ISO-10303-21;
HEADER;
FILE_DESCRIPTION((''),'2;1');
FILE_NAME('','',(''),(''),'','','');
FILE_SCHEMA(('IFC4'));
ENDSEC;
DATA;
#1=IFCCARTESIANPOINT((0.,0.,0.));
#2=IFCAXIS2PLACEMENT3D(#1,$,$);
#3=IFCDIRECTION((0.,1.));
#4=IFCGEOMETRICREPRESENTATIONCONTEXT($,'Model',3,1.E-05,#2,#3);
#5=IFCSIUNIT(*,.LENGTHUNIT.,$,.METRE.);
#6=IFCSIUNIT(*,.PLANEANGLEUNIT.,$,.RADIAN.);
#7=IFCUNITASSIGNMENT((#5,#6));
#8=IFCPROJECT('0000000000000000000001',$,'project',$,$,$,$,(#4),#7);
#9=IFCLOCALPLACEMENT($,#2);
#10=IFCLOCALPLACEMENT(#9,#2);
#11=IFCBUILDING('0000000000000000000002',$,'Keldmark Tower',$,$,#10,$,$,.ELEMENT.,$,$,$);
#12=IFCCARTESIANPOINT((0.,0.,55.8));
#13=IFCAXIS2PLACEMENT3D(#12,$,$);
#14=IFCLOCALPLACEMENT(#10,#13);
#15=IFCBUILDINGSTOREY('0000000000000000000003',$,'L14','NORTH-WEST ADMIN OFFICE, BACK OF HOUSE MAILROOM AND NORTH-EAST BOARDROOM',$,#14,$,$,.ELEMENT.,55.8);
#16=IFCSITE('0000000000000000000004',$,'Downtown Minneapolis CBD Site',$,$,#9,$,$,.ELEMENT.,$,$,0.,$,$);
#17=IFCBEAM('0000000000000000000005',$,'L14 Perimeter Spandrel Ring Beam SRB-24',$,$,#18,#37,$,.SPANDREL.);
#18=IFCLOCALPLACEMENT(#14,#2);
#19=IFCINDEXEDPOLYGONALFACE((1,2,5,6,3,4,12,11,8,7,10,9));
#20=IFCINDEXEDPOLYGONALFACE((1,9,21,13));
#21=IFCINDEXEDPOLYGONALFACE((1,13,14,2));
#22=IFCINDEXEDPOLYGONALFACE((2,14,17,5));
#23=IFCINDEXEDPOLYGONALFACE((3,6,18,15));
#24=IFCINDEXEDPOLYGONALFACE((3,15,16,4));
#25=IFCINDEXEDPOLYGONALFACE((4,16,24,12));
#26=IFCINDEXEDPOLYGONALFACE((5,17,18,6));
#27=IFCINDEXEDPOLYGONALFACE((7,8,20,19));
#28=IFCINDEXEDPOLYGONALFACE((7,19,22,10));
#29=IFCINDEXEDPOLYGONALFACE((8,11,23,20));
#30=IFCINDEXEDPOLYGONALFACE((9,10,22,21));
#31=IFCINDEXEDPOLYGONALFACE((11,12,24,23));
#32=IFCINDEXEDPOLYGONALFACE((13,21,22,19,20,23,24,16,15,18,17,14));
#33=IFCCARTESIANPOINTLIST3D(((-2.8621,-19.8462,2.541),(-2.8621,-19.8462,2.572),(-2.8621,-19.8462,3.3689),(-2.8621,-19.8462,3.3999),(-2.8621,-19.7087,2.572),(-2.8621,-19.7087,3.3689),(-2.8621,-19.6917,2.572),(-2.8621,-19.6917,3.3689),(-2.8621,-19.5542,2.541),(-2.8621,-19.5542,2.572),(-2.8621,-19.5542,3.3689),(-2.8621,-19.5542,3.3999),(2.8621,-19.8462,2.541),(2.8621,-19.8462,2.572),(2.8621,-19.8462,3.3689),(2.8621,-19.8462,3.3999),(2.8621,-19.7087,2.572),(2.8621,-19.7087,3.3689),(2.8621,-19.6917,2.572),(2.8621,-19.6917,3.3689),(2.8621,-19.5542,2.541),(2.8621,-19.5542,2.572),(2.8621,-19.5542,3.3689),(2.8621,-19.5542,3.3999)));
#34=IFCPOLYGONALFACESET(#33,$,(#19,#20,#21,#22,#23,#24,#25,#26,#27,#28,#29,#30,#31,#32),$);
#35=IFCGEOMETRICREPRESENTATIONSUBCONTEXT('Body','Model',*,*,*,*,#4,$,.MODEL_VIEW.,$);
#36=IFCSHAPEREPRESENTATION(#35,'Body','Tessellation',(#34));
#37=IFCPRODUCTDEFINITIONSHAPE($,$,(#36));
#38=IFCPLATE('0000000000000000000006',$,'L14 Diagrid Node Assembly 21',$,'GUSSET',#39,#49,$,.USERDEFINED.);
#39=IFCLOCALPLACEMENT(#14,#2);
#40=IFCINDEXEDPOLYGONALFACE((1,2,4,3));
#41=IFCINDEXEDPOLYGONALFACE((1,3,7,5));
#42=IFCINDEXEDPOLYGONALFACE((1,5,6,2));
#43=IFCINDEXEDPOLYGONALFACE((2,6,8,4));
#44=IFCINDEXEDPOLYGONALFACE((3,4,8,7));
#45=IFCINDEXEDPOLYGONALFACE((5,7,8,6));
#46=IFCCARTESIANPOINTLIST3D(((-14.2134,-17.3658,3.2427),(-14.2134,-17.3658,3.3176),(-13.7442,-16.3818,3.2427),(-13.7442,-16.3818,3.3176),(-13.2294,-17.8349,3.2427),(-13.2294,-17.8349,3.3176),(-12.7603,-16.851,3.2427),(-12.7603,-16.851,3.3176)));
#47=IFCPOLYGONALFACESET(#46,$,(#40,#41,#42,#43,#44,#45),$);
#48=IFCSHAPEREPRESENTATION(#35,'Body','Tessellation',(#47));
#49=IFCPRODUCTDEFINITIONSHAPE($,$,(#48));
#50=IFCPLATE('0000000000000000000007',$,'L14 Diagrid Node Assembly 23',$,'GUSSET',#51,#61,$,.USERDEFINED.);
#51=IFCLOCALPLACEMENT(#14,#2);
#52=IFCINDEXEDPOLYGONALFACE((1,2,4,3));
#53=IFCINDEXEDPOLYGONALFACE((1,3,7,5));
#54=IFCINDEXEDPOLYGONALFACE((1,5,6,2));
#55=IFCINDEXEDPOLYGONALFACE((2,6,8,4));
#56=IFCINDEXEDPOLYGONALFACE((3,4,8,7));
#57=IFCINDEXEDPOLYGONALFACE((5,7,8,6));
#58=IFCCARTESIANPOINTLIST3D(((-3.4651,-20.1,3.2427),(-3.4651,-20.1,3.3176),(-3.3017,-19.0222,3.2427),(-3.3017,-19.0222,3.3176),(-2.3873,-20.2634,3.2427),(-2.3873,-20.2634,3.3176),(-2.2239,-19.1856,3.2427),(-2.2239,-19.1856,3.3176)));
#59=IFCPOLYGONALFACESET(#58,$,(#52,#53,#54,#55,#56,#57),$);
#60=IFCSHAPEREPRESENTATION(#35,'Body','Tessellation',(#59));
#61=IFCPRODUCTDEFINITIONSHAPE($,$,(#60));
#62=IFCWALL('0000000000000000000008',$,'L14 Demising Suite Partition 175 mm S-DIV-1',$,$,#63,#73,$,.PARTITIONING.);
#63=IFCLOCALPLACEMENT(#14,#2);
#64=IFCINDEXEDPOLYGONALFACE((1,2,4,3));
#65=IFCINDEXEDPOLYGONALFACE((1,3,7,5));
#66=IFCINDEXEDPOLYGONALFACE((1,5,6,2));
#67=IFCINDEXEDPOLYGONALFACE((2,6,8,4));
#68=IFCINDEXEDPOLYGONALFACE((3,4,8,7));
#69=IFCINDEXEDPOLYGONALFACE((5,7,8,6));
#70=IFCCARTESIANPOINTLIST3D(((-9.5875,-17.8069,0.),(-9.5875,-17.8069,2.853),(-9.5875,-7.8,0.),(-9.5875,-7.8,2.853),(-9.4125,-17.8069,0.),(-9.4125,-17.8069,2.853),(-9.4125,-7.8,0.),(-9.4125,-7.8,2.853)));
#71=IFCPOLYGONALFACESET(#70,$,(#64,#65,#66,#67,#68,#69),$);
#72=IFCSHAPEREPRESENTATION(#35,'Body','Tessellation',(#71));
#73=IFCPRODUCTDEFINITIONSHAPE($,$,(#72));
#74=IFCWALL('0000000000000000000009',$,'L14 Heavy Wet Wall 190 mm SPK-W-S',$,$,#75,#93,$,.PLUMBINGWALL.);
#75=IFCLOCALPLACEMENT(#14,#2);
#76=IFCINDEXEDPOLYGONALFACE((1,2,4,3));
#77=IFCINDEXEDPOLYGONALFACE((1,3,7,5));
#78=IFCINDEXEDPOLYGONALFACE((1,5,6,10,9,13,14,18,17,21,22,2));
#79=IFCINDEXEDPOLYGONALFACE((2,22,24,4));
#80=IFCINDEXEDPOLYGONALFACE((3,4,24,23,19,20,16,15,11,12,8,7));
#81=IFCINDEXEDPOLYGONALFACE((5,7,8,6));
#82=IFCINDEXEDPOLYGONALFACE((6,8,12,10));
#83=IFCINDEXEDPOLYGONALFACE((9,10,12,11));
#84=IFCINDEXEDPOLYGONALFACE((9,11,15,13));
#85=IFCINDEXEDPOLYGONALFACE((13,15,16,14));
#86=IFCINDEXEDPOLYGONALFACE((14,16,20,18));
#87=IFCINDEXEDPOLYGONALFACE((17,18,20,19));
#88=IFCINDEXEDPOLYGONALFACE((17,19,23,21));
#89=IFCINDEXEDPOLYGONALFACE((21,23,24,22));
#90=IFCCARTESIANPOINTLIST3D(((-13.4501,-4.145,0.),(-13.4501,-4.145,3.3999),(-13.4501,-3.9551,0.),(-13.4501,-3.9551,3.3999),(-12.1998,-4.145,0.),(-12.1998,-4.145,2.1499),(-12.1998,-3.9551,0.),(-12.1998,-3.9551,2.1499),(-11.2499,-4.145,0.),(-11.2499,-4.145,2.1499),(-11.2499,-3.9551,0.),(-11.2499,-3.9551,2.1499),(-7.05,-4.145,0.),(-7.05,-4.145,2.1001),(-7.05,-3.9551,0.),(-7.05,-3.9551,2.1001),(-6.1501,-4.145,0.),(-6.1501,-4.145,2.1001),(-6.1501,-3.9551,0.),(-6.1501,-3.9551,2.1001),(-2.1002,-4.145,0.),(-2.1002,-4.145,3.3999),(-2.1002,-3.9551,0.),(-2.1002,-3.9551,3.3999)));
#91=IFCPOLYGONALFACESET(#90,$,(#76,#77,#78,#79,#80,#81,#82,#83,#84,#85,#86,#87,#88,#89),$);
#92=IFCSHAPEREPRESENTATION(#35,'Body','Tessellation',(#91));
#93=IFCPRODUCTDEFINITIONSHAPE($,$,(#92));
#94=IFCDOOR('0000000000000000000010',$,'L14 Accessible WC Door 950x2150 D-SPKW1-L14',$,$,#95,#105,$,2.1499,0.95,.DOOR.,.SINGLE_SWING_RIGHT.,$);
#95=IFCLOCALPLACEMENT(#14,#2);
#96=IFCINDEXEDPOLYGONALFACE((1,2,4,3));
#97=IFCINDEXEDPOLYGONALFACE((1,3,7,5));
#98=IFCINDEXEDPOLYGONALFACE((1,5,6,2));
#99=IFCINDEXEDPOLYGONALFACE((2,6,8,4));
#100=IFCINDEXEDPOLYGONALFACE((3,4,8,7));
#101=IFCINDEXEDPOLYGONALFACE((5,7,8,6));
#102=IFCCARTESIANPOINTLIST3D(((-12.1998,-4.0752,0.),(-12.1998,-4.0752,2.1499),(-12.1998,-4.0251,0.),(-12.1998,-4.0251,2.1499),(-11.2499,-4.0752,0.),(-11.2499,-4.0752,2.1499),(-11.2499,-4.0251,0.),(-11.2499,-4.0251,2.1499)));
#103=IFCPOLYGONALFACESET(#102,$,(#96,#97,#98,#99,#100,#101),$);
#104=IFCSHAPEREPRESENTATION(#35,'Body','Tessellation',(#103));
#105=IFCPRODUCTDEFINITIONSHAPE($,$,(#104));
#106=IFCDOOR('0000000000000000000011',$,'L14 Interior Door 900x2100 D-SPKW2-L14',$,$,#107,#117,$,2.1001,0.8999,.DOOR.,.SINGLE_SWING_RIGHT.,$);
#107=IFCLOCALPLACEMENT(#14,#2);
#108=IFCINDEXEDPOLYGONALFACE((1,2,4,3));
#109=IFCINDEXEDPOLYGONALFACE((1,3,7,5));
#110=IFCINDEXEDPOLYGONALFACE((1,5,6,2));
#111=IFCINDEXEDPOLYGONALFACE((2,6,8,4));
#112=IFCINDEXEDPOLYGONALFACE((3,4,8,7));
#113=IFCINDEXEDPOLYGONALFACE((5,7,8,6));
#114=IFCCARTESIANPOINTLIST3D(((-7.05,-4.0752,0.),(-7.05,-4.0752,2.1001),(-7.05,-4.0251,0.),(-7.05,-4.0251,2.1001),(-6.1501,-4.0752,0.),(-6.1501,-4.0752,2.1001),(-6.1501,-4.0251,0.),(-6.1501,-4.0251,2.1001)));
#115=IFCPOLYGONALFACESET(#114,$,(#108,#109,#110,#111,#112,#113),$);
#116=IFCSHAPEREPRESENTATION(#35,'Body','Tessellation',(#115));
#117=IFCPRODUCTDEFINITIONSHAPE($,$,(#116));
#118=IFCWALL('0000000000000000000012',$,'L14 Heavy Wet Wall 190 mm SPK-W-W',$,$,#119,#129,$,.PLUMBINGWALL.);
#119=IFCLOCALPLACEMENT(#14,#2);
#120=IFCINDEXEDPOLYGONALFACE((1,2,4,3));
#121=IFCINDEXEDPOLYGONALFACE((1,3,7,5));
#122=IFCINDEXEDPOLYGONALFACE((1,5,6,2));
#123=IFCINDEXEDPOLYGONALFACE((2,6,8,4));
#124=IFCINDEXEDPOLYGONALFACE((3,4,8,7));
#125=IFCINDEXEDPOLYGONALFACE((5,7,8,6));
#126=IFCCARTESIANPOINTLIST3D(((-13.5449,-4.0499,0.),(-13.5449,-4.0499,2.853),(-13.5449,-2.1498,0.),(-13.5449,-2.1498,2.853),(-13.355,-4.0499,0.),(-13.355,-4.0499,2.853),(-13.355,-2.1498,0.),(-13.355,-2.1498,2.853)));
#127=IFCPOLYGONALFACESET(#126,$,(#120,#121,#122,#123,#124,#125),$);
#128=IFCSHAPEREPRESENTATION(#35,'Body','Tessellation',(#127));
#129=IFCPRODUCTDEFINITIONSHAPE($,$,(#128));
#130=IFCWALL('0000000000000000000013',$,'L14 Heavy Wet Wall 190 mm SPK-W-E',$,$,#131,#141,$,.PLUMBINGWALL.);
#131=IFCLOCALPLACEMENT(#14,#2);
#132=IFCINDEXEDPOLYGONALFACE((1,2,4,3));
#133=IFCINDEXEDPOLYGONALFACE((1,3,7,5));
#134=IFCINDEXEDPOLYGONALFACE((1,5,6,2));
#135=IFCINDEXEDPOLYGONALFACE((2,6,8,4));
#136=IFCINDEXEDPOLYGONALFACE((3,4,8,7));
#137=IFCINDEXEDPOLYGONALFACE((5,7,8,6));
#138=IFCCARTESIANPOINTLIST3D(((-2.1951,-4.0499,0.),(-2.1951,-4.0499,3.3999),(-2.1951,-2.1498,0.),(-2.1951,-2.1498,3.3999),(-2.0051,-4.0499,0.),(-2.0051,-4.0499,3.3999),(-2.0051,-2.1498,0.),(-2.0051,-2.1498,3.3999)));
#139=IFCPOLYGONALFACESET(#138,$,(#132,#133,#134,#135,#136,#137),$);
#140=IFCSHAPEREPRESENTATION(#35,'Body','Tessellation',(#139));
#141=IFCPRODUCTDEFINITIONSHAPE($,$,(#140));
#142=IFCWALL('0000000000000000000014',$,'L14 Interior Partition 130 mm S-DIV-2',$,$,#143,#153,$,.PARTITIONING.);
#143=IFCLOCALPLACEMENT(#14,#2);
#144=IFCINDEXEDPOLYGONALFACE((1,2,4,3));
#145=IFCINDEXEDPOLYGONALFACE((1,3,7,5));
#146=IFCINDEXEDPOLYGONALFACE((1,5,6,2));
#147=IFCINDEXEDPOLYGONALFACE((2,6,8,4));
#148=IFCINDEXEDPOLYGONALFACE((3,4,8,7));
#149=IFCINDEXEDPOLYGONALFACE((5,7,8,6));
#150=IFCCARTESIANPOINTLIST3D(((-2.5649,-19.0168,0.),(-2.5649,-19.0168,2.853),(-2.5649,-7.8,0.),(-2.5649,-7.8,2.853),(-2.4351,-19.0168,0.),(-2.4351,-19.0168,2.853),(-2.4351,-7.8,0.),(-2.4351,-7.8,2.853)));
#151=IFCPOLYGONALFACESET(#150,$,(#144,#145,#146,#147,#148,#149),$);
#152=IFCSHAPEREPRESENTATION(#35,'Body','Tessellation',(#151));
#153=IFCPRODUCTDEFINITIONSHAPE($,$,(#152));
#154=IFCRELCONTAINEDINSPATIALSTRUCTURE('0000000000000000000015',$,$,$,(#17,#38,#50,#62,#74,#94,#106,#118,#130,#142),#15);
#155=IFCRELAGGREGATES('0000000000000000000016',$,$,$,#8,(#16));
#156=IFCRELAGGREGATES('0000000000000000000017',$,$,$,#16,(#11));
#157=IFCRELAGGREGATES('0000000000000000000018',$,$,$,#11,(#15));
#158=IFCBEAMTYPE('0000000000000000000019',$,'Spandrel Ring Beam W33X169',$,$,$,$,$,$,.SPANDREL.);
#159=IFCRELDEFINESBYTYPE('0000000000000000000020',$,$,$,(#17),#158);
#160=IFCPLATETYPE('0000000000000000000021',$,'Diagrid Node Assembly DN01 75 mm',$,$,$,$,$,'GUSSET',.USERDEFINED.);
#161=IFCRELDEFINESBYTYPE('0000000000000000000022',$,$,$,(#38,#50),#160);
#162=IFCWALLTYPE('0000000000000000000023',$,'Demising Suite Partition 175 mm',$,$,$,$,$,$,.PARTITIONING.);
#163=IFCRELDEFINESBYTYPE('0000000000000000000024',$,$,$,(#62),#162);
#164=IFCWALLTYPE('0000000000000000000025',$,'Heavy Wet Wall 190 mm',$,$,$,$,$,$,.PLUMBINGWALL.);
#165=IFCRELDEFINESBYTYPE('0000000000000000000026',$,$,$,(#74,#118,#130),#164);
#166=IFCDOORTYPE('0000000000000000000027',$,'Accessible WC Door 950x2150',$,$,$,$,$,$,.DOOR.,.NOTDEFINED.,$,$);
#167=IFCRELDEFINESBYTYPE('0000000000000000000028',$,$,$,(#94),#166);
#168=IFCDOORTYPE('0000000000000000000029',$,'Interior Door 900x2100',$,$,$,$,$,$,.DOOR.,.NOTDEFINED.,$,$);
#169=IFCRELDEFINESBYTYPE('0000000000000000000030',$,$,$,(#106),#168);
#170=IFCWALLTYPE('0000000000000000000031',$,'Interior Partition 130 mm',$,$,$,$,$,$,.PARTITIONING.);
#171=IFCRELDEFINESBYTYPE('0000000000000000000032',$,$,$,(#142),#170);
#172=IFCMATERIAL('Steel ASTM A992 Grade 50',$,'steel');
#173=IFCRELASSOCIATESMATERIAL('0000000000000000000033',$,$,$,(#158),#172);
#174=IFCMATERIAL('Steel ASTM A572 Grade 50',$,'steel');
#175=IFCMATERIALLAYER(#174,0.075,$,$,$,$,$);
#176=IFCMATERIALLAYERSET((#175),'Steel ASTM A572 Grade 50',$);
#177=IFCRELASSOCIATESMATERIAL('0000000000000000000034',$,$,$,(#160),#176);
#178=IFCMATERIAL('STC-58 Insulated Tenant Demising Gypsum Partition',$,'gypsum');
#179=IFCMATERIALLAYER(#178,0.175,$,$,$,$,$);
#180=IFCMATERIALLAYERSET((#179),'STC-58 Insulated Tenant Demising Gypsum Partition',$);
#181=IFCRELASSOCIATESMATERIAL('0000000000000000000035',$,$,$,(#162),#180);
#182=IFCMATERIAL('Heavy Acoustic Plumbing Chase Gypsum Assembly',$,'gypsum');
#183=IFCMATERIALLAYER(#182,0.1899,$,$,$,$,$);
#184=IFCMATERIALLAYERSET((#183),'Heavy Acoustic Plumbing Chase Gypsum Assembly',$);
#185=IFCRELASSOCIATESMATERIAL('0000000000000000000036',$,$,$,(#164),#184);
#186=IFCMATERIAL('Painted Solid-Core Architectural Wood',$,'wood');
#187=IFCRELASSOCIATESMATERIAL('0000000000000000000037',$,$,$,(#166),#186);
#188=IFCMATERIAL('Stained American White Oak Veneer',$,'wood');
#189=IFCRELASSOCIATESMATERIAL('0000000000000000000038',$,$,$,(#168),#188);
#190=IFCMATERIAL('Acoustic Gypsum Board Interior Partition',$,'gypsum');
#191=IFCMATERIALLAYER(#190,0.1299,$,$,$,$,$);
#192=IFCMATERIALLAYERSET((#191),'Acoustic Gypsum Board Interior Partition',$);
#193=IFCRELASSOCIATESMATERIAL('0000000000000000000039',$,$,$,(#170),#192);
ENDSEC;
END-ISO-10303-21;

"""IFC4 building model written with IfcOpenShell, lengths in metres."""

from ifc_helpers import new_model, si_unit, direction, frame, frame_2d, origin, origin_2d, place, context, subcontext, project, spatial, rectangle, i_section, extrude, material, layer, layer_set, material_profile, profile_set, type_object, element, fill, save


model = new_model("IFC4")

# Units and contexts
model_context = context("Model", 3, precision=1e-05, world=origin(), true_north=direction((0.0, 1.0)))
body_context = subcontext(model_context, "Body", "Model", "MODEL_VIEW")
ifc_project = project(units=[si_unit("LENGTHUNIT", "METRE"), si_unit("PLANEANGLEUNIT", "RADIAN")], contexts=[model_context])

# Site, building, storey
site_placement = place(None, origin())
site = spatial("IfcSite", under=ifc_project, at=site_placement, Name="Downtown Minneapolis CBD Site", CompositionType="ELEMENT", RefElevation=0.0)
building_placement = place(site_placement, origin())
building = spatial("IfcBuilding", under=site, at=building_placement, Name="Keldmark Tower", CompositionType="ELEMENT")
storey_placement = place(building_placement, frame((0.0, 0.0, 55.8)))
storey = spatial("IfcBuildingStorey", under=building, at=storey_placement, Name="L14", Description="NORTH-WEST ADMIN OFFICE, BACK OF HOUSE MAILROOM AND NORTH-EAST BOARDROOM", CompositionType="ELEMENT", Elevation=55.8)

# Beam
ifc_material_1 = material(Name="Steel ASTM A992 Grade 50", Category="steel")
ifc_material_profile_1 = material_profile(ifc_material_1, i_section(OverallWidth=0.292, OverallDepth=0.8589, WebThickness=0.0171, FlangeThickness=0.031, at=origin_2d()), Name="W33X169")
ifc_profile_set_1 = profile_set([ifc_material_profile_1], Name="Steel ASTM A992 Grade 50")
beam_type_1 = type_object("IfcBeamType", Name="Spandrel Ring Beam W33X169", PredefinedType="SPANDREL", material=ifc_profile_set_1)
beam_1_placement = place(storey_placement, frame((-2.8621, -19.7002, 2.9705), z_axis=(1.0, 0.0, 0.0), x_axis=(0.0, 1.0, 0.0)))
element("IfcBeam", 1, at=beam_1_placement, inside=storey, type_object=beam_type_1, Name="L14 Perimeter Spandrel Ring Beam SRB-24", PredefinedType="SPANDREL", context=body_context, shape_type="SweptSolid", body=[
    extrude(i_section(OverallWidth=0.292, OverallDepth=0.8589, WebThickness=0.0171, FlangeThickness=0.031, at=origin_2d()), origin(), (0.0, 0.0, 1.0), 5.7241),
])

# Plates
ifc_material_2 = material(Name="Steel ASTM A572 Grade 50", Category="steel")
ifc_layer_1 = layer(ifc_material_2, 0.075)
ifc_layer_set_1 = layer_set([ifc_layer_1], Name="Steel ASTM A572 Grade 50")
plate_type = type_object("IfcPlateType", Name="Diagrid Node Assembly DN01 75 mm", ElementType="GUSSET", PredefinedType="USERDEFINED", material=ifc_layer_set_1)
for number, where, z_axis, x_axis, name in (
    (2, (-13.4868, -17.1084, 3.2427), (0.0, 0.0, 1.0), (0.90266, -0.430354, 0.0), "L14 Diagrid Node Assembly 21"),
    (3, (-2.8445, -19.6428, 3.2427), (0.0, 0.0, 1.0), (0.988704, -0.14988, 0.0), "L14 Diagrid Node Assembly 23"),
):
    element("IfcPlate", number, at=place(storey_placement, frame(where, z_axis=z_axis, x_axis=x_axis)), inside=storey, type_object=plate_type, Name=name, ObjectType="GUSSET", PredefinedType="USERDEFINED", context=body_context, shape_type="SweptSolid", body=[
        extrude(rectangle(XDim=1.0901, YDim=1.0901, at=origin_2d()), origin(), (0.0, 0.0, 1.0), 0.075),
    ])

# Wall
ifc_material_3 = material(Name="STC-58 Insulated Tenant Demising Gypsum Partition", Category="gypsum")
ifc_layer_2 = layer(ifc_material_3, 0.175)
ifc_layer_set_2 = layer_set([ifc_layer_2], Name="STC-58 Insulated Tenant Demising Gypsum Partition")
wall_type_1 = type_object("IfcWallType", Name="Demising Suite Partition 175 mm", PredefinedType="PARTITIONING", material=ifc_layer_set_2)
wall_1_placement = place(storey_placement, frame((-9.5, -17.8069, 0.0), z_axis=(0.0, 0.0, 1.0), x_axis=(0.0, 1.0, 0.0)))
element("IfcWall", 4, at=wall_1_placement, inside=storey, type_object=wall_type_1, Name="L14 Demising Suite Partition 175 mm S-DIV-1", PredefinedType="PARTITIONING", context=body_context, shape_type="SweptSolid", body=[
    extrude(rectangle(XDim=10.0068, YDim=0.175, at=frame_2d((5.0034, 0.0))), origin(), (0.0, 0.0, 1.0), 2.853),
])

# Wall, openings, doors
ifc_material_4 = material(Name="Heavy Acoustic Plumbing Chase Gypsum Assembly", Category="gypsum")
ifc_layer_3 = layer(ifc_material_4, 0.1899)
ifc_layer_set_3 = layer_set([ifc_layer_3], Name="Heavy Acoustic Plumbing Chase Gypsum Assembly")
wall_type_2 = type_object("IfcWallType", Name="Heavy Wet Wall 190 mm", PredefinedType="PLUMBINGWALL", material=ifc_layer_set_3)
wall_2_placement = place(storey_placement, frame((-13.45, -4.05, 0.0), z_axis=(0.0, 0.0, 1.0), x_axis=(1.0, 0.0, 0.0)))
wall_2 = element("IfcWall", 5, at=wall_2_placement, inside=storey, type_object=wall_type_2, Name="L14 Heavy Wet Wall 190 mm SPK-W-S", PredefinedType="PLUMBINGWALL", context=body_context, shape_type="SweptSolid", body=[
    extrude(rectangle(XDim=11.3499, YDim=0.1899, at=frame_2d((5.6748, 0.0))), origin(), (0.0, 0.0, 1.0), 3.3999),
])
opening_1_placement = place(wall_2_placement, frame((1.25, 0.0, 0.0)))
opening_1 = element("IfcOpeningElement", 6, at=opening_1_placement, cuts=wall_2, PredefinedType="OPENING", context=body_context, shape_type="SweptSolid", body=[
    extrude(rectangle(XDim=0.95, YDim=2.1499, at=frame_2d((0.4751, 1.075))), frame((0.0, 0.105, 0.0), z_axis=(0.0, -1.0, 0.0), x_axis=(1.0, 0.0, 0.0)), (0.0, 0.0, 1.0), 0.21),
])
opening_2_placement = place(wall_2_placement, frame((6.3999, 0.0, 0.0)))
opening_2 = element("IfcOpeningElement", 7, at=opening_2_placement, cuts=wall_2, PredefinedType="OPENING", context=body_context, shape_type="SweptSolid", body=[
    extrude(rectangle(XDim=0.8999, YDim=2.1001, at=frame_2d((0.45, 1.05))), frame((0.0, 0.105, 0.0), z_axis=(0.0, -1.0, 0.0), x_axis=(1.0, 0.0, 0.0)), (0.0, 0.0, 1.0), 0.21),
])
ifc_material_5 = material(Name="Painted Solid-Core Architectural Wood", Category="wood")
door_type_1 = type_object("IfcDoorType", Name="Accessible WC Door 950x2150", OperationType="NOTDEFINED", PredefinedType="DOOR", material=ifc_material_5)
door_1_placement = place(opening_1_placement, origin())
door_1 = element("IfcDoor", 8, at=door_1_placement, inside=storey, type_object=door_type_1, Name="L14 Accessible WC Door 950x2150 D-SPKW1-L14", OperationType="SINGLE_SWING_RIGHT", OverallHeight=2.1499, OverallWidth=0.95, PredefinedType="DOOR", context=body_context, shape_type="SweptSolid", body=[
    extrude(rectangle(XDim=0.95, YDim=2.1499, at=frame_2d((0.4751, 1.075))), frame((0.0, 0.0249, 0.0), z_axis=(0.0, -1.0, 0.0), x_axis=(1.0, 0.0, 0.0)), (0.0, 0.0, 1.0), 0.05),
])
fill(opening_1, door_1)
ifc_material_6 = material(Name="Stained American White Oak Veneer", Category="wood")
door_type_2 = type_object("IfcDoorType", Name="Interior Door 900x2100", OperationType="NOTDEFINED", PredefinedType="DOOR", material=ifc_material_6)
door_2_placement = place(opening_2_placement, origin())
door_2 = element("IfcDoor", 9, at=door_2_placement, inside=storey, type_object=door_type_2, Name="L14 Interior Door 900x2100 D-SPKW2-L14", OperationType="SINGLE_SWING_RIGHT", OverallHeight=2.1001, OverallWidth=0.8999, PredefinedType="DOOR", context=body_context, shape_type="SweptSolid", body=[
    extrude(rectangle(XDim=0.8999, YDim=2.1001, at=frame_2d((0.45, 1.05))), frame((0.0, 0.0249, 0.0), z_axis=(0.0, -1.0, 0.0), x_axis=(1.0, 0.0, 0.0)), (0.0, 0.0, 1.0), 0.05),
])
fill(opening_2, door_2)

# Walls
wall_3_placement = place(storey_placement, frame((-13.45, -4.05, 0.0), z_axis=(0.0, 0.0, 1.0), x_axis=(0.0, 1.0, 0.0)))
element("IfcWall", 10, at=wall_3_placement, inside=storey, type_object=wall_type_2, Name="L14 Heavy Wet Wall 190 mm SPK-W-W", PredefinedType="PLUMBINGWALL", context=body_context, shape_type="SweptSolid", body=[
    extrude(rectangle(XDim=1.9001, YDim=0.1899, at=frame_2d((0.9502, 0.0))), origin(), (0.0, 0.0, 1.0), 2.853),
])
wall_4_placement = place(storey_placement, frame((-2.1001, -4.05, 0.0), z_axis=(0.0, 0.0, 1.0), x_axis=(0.0, 1.0, 0.0)))
element("IfcWall", 11, at=wall_4_placement, inside=storey, type_object=wall_type_2, Name="L14 Heavy Wet Wall 190 mm SPK-W-E", PredefinedType="PLUMBINGWALL", context=body_context, shape_type="SweptSolid", body=[
    extrude(rectangle(XDim=1.9001, YDim=0.1899, at=frame_2d((0.9502, 0.0))), origin(), (0.0, 0.0, 1.0), 3.3999),
])
ifc_material_7 = material(Name="Acoustic Gypsum Board Interior Partition", Category="gypsum")
ifc_layer_4 = layer(ifc_material_7, 0.1299)
ifc_layer_set_4 = layer_set([ifc_layer_4], Name="Acoustic Gypsum Board Interior Partition")
wall_type_3 = type_object("IfcWallType", Name="Interior Partition 130 mm", PredefinedType="PARTITIONING", material=ifc_layer_set_4)
wall_5_placement = place(storey_placement, frame((-2.5, -19.0168, 0.0), z_axis=(0.0, 0.0, 1.0), x_axis=(0.0, 1.0, 0.0)))
element("IfcWall", 12, at=wall_5_placement, inside=storey, type_object=wall_type_3, Name="L14 Interior Partition 130 mm S-DIV-2", PredefinedType="PARTITIONING", context=body_context, shape_type="SweptSolid", body=[
    extrude(rectangle(XDim=11.2168, YDim=0.1299, at=frame_2d((5.6084, 0.0))), origin(), (0.0, 0.0, 1.0), 2.853),
])

save(model, "model.ifc")
